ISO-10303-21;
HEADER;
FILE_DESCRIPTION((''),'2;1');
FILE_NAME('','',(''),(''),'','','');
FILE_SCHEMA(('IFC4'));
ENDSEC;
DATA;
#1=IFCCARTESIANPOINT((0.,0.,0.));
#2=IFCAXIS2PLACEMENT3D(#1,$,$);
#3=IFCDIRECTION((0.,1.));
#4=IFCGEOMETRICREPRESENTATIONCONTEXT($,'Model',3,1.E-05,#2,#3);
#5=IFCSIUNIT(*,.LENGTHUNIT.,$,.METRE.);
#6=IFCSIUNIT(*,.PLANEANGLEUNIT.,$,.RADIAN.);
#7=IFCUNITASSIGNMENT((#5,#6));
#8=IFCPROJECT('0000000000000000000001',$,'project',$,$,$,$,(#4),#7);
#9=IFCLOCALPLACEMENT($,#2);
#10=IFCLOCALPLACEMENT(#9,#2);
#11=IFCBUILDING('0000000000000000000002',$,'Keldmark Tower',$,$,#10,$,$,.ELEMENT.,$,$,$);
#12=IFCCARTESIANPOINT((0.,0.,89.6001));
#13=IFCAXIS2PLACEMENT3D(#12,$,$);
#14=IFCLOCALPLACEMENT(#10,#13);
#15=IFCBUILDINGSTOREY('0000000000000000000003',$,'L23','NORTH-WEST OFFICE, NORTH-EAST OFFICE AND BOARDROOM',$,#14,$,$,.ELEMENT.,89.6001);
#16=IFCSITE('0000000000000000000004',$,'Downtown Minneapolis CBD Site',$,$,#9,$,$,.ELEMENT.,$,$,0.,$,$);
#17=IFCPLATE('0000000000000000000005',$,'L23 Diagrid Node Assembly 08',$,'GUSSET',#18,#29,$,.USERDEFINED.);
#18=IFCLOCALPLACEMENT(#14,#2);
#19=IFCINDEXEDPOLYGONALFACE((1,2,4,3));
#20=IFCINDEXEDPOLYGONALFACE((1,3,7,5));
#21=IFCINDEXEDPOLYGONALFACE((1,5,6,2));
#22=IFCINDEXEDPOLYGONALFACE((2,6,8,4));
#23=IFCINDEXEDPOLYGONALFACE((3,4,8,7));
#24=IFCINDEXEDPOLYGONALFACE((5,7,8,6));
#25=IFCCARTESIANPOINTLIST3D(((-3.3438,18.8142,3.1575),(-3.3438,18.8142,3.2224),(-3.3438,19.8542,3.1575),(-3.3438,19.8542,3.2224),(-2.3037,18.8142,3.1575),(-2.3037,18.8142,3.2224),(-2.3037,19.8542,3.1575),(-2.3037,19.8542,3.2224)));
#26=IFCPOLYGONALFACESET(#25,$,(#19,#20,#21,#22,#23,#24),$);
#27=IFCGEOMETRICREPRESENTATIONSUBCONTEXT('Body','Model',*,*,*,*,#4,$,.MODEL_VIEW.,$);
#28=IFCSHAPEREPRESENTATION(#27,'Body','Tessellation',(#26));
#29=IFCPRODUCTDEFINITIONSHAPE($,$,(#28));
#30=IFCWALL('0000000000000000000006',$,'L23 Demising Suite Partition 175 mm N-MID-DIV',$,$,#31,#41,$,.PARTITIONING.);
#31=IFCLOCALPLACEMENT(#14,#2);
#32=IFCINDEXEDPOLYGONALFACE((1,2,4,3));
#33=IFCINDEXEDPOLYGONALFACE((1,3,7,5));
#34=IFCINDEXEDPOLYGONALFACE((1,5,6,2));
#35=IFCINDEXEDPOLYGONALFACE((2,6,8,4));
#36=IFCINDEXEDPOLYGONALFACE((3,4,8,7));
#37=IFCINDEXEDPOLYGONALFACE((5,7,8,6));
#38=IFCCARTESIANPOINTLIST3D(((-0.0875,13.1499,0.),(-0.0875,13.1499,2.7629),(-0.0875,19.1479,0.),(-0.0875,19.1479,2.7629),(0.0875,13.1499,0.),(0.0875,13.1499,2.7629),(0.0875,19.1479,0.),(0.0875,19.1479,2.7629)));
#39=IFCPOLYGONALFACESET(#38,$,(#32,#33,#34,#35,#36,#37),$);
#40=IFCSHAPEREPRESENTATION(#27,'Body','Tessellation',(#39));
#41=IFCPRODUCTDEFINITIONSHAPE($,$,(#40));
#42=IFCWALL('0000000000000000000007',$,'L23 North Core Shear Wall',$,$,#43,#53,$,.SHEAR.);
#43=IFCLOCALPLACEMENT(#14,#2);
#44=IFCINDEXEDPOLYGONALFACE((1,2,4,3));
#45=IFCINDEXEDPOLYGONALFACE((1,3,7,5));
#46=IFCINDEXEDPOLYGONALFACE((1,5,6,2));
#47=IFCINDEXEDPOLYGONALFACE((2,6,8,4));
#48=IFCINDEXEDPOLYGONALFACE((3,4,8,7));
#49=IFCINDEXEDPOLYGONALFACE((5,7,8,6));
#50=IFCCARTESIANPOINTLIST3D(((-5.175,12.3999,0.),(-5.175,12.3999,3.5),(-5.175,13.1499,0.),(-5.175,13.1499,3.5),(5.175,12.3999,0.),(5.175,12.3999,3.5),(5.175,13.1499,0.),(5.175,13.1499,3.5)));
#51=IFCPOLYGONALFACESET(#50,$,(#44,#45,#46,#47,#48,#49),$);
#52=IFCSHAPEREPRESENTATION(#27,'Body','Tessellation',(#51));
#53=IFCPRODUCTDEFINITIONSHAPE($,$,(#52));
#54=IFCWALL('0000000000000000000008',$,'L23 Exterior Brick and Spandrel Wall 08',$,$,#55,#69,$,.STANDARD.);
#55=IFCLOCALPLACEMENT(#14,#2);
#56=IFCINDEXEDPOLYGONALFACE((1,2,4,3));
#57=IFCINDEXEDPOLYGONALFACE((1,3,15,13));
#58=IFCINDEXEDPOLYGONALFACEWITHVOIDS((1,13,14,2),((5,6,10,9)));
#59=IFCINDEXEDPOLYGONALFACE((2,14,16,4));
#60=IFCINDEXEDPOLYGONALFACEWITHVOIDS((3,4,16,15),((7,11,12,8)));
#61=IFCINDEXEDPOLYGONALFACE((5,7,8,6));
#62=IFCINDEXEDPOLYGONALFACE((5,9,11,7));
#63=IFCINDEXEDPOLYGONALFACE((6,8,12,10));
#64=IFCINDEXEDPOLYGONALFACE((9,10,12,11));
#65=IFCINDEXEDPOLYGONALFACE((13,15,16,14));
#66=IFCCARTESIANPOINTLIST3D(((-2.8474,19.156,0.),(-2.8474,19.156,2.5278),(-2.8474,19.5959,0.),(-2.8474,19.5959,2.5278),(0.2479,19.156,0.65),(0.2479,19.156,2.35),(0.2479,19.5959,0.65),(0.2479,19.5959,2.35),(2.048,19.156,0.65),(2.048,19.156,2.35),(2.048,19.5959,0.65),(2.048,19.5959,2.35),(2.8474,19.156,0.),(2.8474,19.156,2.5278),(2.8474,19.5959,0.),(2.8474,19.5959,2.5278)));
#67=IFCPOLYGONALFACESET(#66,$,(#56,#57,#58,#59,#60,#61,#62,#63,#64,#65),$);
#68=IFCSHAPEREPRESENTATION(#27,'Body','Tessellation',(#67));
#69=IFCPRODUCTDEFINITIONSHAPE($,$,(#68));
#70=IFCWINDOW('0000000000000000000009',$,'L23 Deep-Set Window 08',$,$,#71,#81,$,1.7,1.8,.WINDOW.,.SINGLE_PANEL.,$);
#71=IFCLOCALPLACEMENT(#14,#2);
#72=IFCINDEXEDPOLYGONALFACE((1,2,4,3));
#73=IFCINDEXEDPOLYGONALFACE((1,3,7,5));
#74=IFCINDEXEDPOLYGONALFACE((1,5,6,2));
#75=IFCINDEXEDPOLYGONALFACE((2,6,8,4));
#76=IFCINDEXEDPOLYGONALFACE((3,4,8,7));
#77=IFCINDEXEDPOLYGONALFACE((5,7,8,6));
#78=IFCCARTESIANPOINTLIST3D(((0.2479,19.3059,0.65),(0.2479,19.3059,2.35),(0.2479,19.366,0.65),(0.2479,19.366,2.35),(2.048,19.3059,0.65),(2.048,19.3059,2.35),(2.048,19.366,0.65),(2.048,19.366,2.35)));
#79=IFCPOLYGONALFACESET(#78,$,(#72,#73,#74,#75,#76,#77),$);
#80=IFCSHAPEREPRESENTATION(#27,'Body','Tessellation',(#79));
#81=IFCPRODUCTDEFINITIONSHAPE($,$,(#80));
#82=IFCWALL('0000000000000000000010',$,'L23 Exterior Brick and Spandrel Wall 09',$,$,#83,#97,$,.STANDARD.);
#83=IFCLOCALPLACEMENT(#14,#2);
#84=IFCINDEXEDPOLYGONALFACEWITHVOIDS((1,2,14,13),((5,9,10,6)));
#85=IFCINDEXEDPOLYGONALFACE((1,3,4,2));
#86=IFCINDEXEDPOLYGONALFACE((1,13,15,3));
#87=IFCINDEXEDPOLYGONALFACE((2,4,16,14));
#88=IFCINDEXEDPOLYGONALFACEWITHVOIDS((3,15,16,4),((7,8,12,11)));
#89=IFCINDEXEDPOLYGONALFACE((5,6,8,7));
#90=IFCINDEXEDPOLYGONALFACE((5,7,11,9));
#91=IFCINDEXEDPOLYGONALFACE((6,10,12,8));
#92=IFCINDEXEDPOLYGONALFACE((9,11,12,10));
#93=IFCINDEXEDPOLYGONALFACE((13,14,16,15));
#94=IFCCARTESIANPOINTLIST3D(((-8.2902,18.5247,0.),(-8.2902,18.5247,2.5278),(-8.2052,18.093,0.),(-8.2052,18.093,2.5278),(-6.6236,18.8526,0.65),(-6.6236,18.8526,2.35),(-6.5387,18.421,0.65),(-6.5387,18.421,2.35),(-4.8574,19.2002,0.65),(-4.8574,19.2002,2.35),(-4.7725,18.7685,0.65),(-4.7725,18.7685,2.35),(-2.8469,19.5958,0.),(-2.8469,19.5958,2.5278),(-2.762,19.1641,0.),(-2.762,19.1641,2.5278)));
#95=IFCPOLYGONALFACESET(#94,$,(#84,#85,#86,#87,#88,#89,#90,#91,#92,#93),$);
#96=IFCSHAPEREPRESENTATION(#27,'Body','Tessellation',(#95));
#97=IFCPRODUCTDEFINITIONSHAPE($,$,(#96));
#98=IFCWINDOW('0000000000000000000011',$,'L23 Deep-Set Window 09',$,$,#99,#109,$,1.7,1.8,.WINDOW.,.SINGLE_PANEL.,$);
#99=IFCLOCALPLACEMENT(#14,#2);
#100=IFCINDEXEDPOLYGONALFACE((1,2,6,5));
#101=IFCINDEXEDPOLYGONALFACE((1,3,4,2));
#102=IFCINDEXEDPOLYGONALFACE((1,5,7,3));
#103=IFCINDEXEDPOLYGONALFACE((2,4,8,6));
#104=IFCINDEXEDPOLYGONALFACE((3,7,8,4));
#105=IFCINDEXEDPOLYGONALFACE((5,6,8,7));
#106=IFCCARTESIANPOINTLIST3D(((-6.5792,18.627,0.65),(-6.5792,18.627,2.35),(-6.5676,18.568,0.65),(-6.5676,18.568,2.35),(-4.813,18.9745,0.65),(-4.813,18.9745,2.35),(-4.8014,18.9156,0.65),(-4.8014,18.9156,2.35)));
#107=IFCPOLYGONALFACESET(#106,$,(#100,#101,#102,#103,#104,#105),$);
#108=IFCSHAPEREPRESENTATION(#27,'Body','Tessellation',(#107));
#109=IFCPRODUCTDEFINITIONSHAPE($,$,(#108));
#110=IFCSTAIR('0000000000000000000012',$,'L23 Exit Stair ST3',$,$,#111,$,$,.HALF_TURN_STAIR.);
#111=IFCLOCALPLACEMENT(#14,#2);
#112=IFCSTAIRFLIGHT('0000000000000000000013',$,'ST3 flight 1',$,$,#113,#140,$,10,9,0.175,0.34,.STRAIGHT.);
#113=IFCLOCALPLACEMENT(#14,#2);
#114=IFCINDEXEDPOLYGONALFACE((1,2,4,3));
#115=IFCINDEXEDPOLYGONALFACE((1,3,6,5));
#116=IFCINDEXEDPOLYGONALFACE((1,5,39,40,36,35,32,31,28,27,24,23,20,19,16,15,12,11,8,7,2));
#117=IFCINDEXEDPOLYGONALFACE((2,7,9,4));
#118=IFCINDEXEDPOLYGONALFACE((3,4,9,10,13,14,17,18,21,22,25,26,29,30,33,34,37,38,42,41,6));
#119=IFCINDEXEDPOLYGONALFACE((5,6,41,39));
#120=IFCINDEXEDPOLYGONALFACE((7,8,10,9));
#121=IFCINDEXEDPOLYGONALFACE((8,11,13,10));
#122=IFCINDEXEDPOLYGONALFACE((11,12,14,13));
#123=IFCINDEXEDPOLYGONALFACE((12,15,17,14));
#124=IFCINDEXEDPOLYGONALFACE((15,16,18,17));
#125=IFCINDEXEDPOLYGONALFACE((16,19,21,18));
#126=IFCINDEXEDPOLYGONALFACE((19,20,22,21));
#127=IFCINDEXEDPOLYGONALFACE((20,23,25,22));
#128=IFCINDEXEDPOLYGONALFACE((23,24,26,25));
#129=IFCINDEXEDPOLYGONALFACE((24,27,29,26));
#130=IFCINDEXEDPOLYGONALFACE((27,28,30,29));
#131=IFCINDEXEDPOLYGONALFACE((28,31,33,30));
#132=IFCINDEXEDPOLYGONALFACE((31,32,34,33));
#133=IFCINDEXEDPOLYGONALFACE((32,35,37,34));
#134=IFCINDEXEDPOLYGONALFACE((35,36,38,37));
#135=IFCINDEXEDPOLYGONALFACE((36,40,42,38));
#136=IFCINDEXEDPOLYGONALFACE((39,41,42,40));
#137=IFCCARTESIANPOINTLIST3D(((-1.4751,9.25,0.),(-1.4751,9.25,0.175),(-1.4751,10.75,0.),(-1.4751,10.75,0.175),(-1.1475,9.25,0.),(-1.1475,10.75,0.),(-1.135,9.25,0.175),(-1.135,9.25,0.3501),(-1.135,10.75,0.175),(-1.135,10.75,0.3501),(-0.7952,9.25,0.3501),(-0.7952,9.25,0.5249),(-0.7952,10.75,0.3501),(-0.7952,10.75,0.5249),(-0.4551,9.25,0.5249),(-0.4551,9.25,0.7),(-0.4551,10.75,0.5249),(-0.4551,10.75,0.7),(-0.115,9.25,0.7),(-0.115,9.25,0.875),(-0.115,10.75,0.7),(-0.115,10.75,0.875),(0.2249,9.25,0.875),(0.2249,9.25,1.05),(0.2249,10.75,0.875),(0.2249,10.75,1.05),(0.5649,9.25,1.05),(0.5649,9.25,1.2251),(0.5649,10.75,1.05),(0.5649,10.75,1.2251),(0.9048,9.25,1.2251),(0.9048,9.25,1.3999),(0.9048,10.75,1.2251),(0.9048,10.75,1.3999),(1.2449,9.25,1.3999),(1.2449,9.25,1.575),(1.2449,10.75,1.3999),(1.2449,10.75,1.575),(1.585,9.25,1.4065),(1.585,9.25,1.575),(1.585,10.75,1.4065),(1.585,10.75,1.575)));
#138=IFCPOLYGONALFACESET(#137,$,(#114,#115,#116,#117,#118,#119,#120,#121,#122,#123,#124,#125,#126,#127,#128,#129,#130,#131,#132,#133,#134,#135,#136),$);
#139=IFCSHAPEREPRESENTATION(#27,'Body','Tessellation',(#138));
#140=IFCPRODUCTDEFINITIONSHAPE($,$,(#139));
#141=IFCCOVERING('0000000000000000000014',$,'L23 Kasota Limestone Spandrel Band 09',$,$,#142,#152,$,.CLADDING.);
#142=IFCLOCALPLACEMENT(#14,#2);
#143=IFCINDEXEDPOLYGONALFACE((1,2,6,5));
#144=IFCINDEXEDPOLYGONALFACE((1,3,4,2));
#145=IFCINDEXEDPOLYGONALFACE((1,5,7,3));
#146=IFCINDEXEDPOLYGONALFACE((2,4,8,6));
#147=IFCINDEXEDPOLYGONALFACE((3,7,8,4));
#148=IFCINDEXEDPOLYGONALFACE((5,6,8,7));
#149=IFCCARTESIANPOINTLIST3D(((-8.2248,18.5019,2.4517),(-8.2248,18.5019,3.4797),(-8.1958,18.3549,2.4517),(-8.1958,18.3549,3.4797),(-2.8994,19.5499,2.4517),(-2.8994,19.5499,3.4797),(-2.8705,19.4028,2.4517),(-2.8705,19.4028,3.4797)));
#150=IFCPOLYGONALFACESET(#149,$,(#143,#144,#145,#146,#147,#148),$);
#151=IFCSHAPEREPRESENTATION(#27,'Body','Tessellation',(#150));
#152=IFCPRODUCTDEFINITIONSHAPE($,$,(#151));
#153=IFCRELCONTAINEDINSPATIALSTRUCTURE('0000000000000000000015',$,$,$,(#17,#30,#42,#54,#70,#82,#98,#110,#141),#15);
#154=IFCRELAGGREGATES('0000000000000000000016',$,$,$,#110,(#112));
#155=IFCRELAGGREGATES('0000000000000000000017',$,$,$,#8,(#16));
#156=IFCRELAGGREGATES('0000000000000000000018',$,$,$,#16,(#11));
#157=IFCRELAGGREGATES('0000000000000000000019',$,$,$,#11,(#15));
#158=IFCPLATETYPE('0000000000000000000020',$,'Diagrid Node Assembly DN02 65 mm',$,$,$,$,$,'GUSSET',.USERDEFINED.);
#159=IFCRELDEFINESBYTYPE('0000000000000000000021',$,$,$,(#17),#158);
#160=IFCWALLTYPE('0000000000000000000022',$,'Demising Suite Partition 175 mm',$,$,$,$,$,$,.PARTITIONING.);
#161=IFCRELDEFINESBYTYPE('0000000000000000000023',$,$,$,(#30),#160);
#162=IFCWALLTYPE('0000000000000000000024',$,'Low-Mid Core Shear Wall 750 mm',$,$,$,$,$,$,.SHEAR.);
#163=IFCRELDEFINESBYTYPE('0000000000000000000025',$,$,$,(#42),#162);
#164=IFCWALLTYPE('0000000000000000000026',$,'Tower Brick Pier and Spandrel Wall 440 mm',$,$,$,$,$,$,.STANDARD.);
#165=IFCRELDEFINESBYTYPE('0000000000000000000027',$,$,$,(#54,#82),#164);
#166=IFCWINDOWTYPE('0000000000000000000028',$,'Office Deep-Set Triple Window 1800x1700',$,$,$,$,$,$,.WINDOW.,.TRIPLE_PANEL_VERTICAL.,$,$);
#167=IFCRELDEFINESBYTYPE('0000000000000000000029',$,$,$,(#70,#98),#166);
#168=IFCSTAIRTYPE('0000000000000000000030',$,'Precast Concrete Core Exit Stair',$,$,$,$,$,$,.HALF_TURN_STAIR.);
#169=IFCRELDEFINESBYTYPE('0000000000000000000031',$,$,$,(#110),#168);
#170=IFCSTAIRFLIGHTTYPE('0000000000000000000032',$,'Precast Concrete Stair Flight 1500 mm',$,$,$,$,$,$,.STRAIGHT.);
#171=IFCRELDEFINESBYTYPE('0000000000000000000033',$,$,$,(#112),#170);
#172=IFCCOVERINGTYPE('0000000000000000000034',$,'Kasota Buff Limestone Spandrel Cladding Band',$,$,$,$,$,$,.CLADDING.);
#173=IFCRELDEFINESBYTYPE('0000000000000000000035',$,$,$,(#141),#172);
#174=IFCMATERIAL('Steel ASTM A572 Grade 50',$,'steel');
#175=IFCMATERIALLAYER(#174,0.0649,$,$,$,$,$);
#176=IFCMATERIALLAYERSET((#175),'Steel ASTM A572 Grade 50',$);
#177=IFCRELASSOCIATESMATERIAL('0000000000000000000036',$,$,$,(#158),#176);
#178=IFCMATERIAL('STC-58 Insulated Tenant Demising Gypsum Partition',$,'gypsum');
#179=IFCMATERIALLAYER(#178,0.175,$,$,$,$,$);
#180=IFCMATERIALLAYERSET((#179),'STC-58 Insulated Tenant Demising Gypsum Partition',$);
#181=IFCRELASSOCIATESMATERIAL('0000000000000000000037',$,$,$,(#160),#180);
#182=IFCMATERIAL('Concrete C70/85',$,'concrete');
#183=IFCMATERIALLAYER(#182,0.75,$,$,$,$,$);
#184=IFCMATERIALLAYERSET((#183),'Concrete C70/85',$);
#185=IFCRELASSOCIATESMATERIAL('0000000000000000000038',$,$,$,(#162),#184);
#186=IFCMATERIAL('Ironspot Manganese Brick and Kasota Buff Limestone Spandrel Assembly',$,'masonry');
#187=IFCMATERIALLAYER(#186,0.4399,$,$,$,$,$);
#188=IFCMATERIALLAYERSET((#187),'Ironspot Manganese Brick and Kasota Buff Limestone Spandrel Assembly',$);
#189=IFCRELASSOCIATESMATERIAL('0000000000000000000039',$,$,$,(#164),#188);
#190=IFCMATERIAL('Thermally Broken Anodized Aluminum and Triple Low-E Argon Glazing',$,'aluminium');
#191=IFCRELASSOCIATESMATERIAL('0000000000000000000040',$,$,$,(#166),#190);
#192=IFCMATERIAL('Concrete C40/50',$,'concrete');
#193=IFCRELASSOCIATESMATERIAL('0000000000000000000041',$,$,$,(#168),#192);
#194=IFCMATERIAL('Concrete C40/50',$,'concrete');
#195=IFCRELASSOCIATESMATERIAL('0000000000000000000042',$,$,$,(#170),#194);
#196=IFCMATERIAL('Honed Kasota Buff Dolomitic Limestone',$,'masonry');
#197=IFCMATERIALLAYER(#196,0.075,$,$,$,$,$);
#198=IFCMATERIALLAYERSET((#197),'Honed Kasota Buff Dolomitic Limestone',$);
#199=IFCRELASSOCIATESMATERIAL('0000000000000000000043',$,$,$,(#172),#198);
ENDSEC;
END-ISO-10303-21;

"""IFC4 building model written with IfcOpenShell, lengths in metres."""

from ifc_helpers import new_model, si_unit, direction, frame, frame_2d, origin, origin_2d, place, context, subcontext, project, spatial, polyline, rectangle, outline, extrude, material, layer, layer_set, type_object, element, fill, aggregate, save


model = new_model("IFC4")

# Units and contexts
model_context = context("Model", 3, precision=1e-05, world=origin(), true_north=direction((0.0, 1.0)))
body_context = subcontext(model_context, "Body", "Model", "MODEL_VIEW")
ifc_project = project(units=[si_unit("LENGTHUNIT", "METRE"), si_unit("PLANEANGLEUNIT", "RADIAN")], contexts=[model_context])

# Site, building, storey
site_placement = place(None, origin())
site = spatial("IfcSite", under=ifc_project, at=site_placement, Name="Downtown Minneapolis CBD Site", CompositionType="ELEMENT", RefElevation=0.0)
building_placement = place(site_placement, origin())
building = spatial("IfcBuilding", under=site, at=building_placement, Name="Keldmark Tower", CompositionType="ELEMENT")
storey_placement = place(building_placement, frame((0.0, 0.0, 89.6001)))
storey = spatial("IfcBuildingStorey", under=building, at=storey_placement, Name="L23", Description="NORTH-WEST OFFICE, NORTH-EAST OFFICE AND BOARDROOM", CompositionType="ELEMENT", Elevation=89.6001)

# Plate
ifc_material_1 = material(Name="Steel ASTM A572 Grade 50", Category="steel")
ifc_layer_1 = layer(ifc_material_1, 0.0649)
ifc_layer_set_1 = layer_set([ifc_layer_1], Name="Steel ASTM A572 Grade 50")
plate_type_1 = type_object("IfcPlateType", Name="Diagrid Node Assembly DN02 65 mm", ElementType="GUSSET", PredefinedType="USERDEFINED", material=ifc_layer_set_1)
plate_placement = place(storey_placement, frame((-2.8237, 19.3342, 3.1575), z_axis=(0.0, 0.0, 1.0), x_axis=(-1.0, 0.0, 0.0)))
element("IfcPlate", 1, at=plate_placement, inside=storey, type_object=plate_type_1, Name="L23 Diagrid Node Assembly 08", ObjectType="GUSSET", PredefinedType="USERDEFINED", context=body_context, shape_type="SweptSolid", body=[
    extrude(rectangle(XDim=1.04, YDim=1.04, at=origin_2d()), origin(), (0.0, 0.0, 1.0), 0.0649),
])

# Walls
ifc_material_2 = material(Name="STC-58 Insulated Tenant Demising Gypsum Partition", Category="gypsum")
ifc_layer_2 = layer(ifc_material_2, 0.175)
ifc_layer_set_2 = layer_set([ifc_layer_2], Name="STC-58 Insulated Tenant Demising Gypsum Partition")
wall_type_1 = type_object("IfcWallType", Name="Demising Suite Partition 175 mm", PredefinedType="PARTITIONING", material=ifc_layer_set_2)
wall_1_placement = place(storey_placement, frame((0.0, 13.1499, 0.0), z_axis=(0.0, 0.0, 1.0), x_axis=(0.0, 1.0, 0.0)))
element("IfcWall", 2, at=wall_1_placement, inside=storey, type_object=wall_type_1, Name="L23 Demising Suite Partition 175 mm N-MID-DIV", PredefinedType="PARTITIONING", context=body_context, shape_type="SweptSolid", body=[
    extrude(rectangle(XDim=5.998, YDim=0.175, at=frame_2d((2.999, 0.0))), origin(), (0.0, 0.0, 1.0), 2.7629),
])
ifc_material_3 = material(Name="Concrete C70/85", Category="concrete")
ifc_layer_3 = layer(ifc_material_3, 0.75)
ifc_layer_set_3 = layer_set([ifc_layer_3], Name="Concrete C70/85")
wall_type_2 = type_object("IfcWallType", Name="Low-Mid Core Shear Wall 750 mm", PredefinedType="SHEAR", material=ifc_layer_set_3)
wall_2_placement = place(storey_placement, frame((-5.175, 12.7749, 0.0), z_axis=(0.0, 0.0, 1.0), x_axis=(1.0, 0.0, 0.0)))
element("IfcWall", 3, at=wall_2_placement, inside=storey, type_object=wall_type_2, Name="L23 North Core Shear Wall", PredefinedType="SHEAR", context=body_context, shape_type="SweptSolid", body=[
    extrude(rectangle(XDim=10.3501, YDim=0.75, at=frame_2d((5.175, 0.0))), origin(), (0.0, 0.0, 1.0), 3.5),
])

# Walls, openings, windows
ifc_material_4 = material(Name="Ironspot Manganese Brick and Kasota Buff Limestone Spandrel Assembly", Category="masonry")
ifc_layer_4 = layer(ifc_material_4, 0.4399)
ifc_layer_set_4 = layer_set([ifc_layer_4], Name="Ironspot Manganese Brick and Kasota Buff Limestone Spandrel Assembly")
wall_type_3 = type_object("IfcWallType", Name="Tower Brick Pier and Spandrel Wall 440 mm", PredefinedType="STANDARD", material=ifc_layer_set_4)
wall_3_placement = place(storey_placement, frame((-2.8474, 19.376, 0.0), z_axis=(0.0, 0.0, 1.0), x_axis=(1.0, 0.0, 0.0)))
wall_3 = element("IfcWall", 4, at=wall_3_placement, inside=storey, type_object=wall_type_3, Name="L23 Exterior Brick and Spandrel Wall 08", PredefinedType="STANDARD", context=body_context, shape_type="SweptSolid", body=[
    extrude(rectangle(XDim=5.6948, YDim=0.4399, at=frame_2d((2.8474, 0.0))), origin(), (0.0, 0.0, 1.0), 2.5278),
])
opening_1_placement = place(wall_3_placement, frame((3.0955, 0.0, 0.6499)))
opening_1 = element("IfcOpeningElement", 5, at=opening_1_placement, cuts=wall_3, PredefinedType="OPENING", context=body_context, shape_type="SweptSolid", body=[
    extrude(rectangle(XDim=1.8, YDim=1.7, at=frame_2d((0.8999, 0.8501))), frame((0.0, 0.23, 0.0), z_axis=(0.0, -1.0, 0.0), x_axis=(1.0, 0.0, 0.0)), (0.0, 0.0, 1.0), 0.46),
])
ifc_material_5 = material(Name="Thermally Broken Anodized Aluminum and Triple Low-E Argon Glazing", Category="aluminium")
window_type = type_object("IfcWindowType", Name="Office Deep-Set Triple Window 1800x1700", PartitioningType="TRIPLE_PANEL_VERTICAL", PredefinedType="WINDOW", material=ifc_material_5)
window_1_placement = place(opening_1_placement, origin())
window_1 = element("IfcWindow", 6, at=window_1_placement, inside=storey, type_object=window_type, Name="L23 Deep-Set Window 08", OverallHeight=1.7, OverallWidth=1.8, PartitioningType="SINGLE_PANEL", PredefinedType="WINDOW", context=body_context, shape_type="SweptSolid", body=[
    extrude(rectangle(XDim=1.8, YDim=1.7, at=frame_2d((0.8999, 0.8501))), frame((0.0, -0.01, 0.0), z_axis=(0.0, -1.0, 0.0), x_axis=(1.0, 0.0, 0.0)), (0.0, 0.0, 1.0), 0.0601),
])
fill(opening_1, window_1)
wall_4_placement = place(storey_placement, frame((-8.2478, 18.3088, 0.0), z_axis=(0.0, 0.0, 1.0), x_axis=(0.981185, 0.193068, 0.0)))
wall_4 = element("IfcWall", 7, at=wall_4_placement, inside=storey, type_object=wall_type_3, Name="L23 Exterior Brick and Spandrel Wall 09", PredefinedType="STANDARD", context=body_context, shape_type="SweptSolid", body=[
    extrude(rectangle(XDim=5.5476, YDim=0.4399, at=frame_2d((2.7739, 0.0))), origin(), (0.0, 0.0, 1.0), 2.5278),
])
opening_2_placement = place(wall_4_placement, frame((1.6987, 0.0, 0.6499)))
opening_2 = element("IfcOpeningElement", 8, at=opening_2_placement, cuts=wall_4, PredefinedType="OPENING", context=body_context, shape_type="SweptSolid", body=[
    extrude(rectangle(XDim=1.8, YDim=1.7, at=frame_2d((0.8999, 0.8501))), frame((0.0, 0.23, 0.0), z_axis=(0.0, -1.0, 0.0), x_axis=(1.0, 0.0, 0.0)), (0.0, 0.0, 1.0), 0.46),
])
window_2_placement = place(opening_2_placement, origin())
window_2 = element("IfcWindow", 9, at=window_2_placement, inside=storey, type_object=window_type, Name="L23 Deep-Set Window 09", OverallHeight=1.7, OverallWidth=1.8, PartitioningType="SINGLE_PANEL", PredefinedType="WINDOW", context=body_context, shape_type="SweptSolid", body=[
    extrude(rectangle(XDim=1.8, YDim=1.7, at=frame_2d((0.8999, 0.8501))), frame((0.0, -0.01, 0.0), z_axis=(0.0, -1.0, 0.0), x_axis=(1.0, 0.0, 0.0)), (0.0, 0.0, 1.0), 0.0601),
])
fill(opening_2, window_2)

# Stair, stair flight
ifc_material_6 = material(Name="Concrete C40/50", Category="concrete")
stair_type = type_object("IfcStairType", Name="Precast Concrete Core Exit Stair", PredefinedType="HALF_TURN_STAIR", material=ifc_material_6)
stair_placement = place(storey_placement, origin())
stair = element("IfcStair", 10, at=stair_placement, inside=storey, type_object=stair_type, Name="L23 Exit Stair ST3", PredefinedType="HALF_TURN_STAIR")
ifc_material_7 = material(Name="Concrete C40/50", Category="concrete")
stair_flight_type = type_object("IfcStairFlightType", Name="Precast Concrete Stair Flight 1500 mm", PredefinedType="STRAIGHT", material=ifc_material_7)
stair_flight_placement = place(storey_placement, frame((-1.4751, 10.0, 0.0), z_axis=(0.0, 0.0, 1.0), x_axis=(1.0, 0.0, 0.0)))
stair_flight = element("IfcStairFlight", 11, at=stair_flight_placement, type_object=stair_flight_type, Name="ST3 flight 1", NumberOfRisers=10, NumberOfTreads=9, PredefinedType="STRAIGHT", RiserHeight=0.175, TreadLength=0.34, context=body_context, shape_type="SweptSolid", body=[
    extrude(outline(polyline([(0.0, 0.0), (0.0, 0.175), (0.3401, 0.175), (0.3401, 0.3501), (0.6799, 0.3501), (0.6799, 0.5249), (1.02, 0.5249), (1.02, 0.7), (1.3601, 0.7), (1.3601, 0.875), (1.7, 0.875), (1.7, 1.05), (2.04, 1.05), (2.04, 1.2251), (2.3799, 1.2251), (2.3799, 1.3999), (2.72, 1.3999), (2.72, 1.575), (3.0601, 1.575), (3.0601, 1.75), (3.0601, 1.4065), (0.3276, 0.0), (0.0, 0.0)])), frame((0.0, 0.75, 0.0), z_axis=(0.0, -1.0, 0.0), x_axis=(1.0, 0.0, 0.0)), (0.0, 0.0, 1.0), 1.5),
])
aggregate(stair, [stair_flight])

# Covering
ifc_material_8 = material(Name="Honed Kasota Buff Dolomitic Limestone", Category="masonry")
ifc_layer_5 = layer(ifc_material_8, 0.075)
ifc_layer_set_5 = layer_set([ifc_layer_5], Name="Honed Kasota Buff Dolomitic Limestone")
covering_type = type_object("IfcCoveringType", Name="Kasota Buff Limestone Spandrel Cladding Band", PredefinedType="CLADDING", material=ifc_layer_set_5)
covering_placement = place(storey_placement, frame((-5.5476, 18.9524, 2.4517), z_axis=(0.0, 0.0, 1.0), x_axis=(-0.981182, -0.193087, 0.0)))
element("IfcCovering", 12, at=covering_placement, inside=storey, type_object=covering_type, Name="L23 Kasota Limestone Spandrel Band 09", PredefinedType="CLADDING", context=body_context, shape_type="SweptSolid", body=[
    extrude(rectangle(XDim=5.4275, YDim=0.1499, at=origin_2d()), origin(), (0.0, 0.0, 1.0), 1.0281),
])

save(model, "model.ifc")
